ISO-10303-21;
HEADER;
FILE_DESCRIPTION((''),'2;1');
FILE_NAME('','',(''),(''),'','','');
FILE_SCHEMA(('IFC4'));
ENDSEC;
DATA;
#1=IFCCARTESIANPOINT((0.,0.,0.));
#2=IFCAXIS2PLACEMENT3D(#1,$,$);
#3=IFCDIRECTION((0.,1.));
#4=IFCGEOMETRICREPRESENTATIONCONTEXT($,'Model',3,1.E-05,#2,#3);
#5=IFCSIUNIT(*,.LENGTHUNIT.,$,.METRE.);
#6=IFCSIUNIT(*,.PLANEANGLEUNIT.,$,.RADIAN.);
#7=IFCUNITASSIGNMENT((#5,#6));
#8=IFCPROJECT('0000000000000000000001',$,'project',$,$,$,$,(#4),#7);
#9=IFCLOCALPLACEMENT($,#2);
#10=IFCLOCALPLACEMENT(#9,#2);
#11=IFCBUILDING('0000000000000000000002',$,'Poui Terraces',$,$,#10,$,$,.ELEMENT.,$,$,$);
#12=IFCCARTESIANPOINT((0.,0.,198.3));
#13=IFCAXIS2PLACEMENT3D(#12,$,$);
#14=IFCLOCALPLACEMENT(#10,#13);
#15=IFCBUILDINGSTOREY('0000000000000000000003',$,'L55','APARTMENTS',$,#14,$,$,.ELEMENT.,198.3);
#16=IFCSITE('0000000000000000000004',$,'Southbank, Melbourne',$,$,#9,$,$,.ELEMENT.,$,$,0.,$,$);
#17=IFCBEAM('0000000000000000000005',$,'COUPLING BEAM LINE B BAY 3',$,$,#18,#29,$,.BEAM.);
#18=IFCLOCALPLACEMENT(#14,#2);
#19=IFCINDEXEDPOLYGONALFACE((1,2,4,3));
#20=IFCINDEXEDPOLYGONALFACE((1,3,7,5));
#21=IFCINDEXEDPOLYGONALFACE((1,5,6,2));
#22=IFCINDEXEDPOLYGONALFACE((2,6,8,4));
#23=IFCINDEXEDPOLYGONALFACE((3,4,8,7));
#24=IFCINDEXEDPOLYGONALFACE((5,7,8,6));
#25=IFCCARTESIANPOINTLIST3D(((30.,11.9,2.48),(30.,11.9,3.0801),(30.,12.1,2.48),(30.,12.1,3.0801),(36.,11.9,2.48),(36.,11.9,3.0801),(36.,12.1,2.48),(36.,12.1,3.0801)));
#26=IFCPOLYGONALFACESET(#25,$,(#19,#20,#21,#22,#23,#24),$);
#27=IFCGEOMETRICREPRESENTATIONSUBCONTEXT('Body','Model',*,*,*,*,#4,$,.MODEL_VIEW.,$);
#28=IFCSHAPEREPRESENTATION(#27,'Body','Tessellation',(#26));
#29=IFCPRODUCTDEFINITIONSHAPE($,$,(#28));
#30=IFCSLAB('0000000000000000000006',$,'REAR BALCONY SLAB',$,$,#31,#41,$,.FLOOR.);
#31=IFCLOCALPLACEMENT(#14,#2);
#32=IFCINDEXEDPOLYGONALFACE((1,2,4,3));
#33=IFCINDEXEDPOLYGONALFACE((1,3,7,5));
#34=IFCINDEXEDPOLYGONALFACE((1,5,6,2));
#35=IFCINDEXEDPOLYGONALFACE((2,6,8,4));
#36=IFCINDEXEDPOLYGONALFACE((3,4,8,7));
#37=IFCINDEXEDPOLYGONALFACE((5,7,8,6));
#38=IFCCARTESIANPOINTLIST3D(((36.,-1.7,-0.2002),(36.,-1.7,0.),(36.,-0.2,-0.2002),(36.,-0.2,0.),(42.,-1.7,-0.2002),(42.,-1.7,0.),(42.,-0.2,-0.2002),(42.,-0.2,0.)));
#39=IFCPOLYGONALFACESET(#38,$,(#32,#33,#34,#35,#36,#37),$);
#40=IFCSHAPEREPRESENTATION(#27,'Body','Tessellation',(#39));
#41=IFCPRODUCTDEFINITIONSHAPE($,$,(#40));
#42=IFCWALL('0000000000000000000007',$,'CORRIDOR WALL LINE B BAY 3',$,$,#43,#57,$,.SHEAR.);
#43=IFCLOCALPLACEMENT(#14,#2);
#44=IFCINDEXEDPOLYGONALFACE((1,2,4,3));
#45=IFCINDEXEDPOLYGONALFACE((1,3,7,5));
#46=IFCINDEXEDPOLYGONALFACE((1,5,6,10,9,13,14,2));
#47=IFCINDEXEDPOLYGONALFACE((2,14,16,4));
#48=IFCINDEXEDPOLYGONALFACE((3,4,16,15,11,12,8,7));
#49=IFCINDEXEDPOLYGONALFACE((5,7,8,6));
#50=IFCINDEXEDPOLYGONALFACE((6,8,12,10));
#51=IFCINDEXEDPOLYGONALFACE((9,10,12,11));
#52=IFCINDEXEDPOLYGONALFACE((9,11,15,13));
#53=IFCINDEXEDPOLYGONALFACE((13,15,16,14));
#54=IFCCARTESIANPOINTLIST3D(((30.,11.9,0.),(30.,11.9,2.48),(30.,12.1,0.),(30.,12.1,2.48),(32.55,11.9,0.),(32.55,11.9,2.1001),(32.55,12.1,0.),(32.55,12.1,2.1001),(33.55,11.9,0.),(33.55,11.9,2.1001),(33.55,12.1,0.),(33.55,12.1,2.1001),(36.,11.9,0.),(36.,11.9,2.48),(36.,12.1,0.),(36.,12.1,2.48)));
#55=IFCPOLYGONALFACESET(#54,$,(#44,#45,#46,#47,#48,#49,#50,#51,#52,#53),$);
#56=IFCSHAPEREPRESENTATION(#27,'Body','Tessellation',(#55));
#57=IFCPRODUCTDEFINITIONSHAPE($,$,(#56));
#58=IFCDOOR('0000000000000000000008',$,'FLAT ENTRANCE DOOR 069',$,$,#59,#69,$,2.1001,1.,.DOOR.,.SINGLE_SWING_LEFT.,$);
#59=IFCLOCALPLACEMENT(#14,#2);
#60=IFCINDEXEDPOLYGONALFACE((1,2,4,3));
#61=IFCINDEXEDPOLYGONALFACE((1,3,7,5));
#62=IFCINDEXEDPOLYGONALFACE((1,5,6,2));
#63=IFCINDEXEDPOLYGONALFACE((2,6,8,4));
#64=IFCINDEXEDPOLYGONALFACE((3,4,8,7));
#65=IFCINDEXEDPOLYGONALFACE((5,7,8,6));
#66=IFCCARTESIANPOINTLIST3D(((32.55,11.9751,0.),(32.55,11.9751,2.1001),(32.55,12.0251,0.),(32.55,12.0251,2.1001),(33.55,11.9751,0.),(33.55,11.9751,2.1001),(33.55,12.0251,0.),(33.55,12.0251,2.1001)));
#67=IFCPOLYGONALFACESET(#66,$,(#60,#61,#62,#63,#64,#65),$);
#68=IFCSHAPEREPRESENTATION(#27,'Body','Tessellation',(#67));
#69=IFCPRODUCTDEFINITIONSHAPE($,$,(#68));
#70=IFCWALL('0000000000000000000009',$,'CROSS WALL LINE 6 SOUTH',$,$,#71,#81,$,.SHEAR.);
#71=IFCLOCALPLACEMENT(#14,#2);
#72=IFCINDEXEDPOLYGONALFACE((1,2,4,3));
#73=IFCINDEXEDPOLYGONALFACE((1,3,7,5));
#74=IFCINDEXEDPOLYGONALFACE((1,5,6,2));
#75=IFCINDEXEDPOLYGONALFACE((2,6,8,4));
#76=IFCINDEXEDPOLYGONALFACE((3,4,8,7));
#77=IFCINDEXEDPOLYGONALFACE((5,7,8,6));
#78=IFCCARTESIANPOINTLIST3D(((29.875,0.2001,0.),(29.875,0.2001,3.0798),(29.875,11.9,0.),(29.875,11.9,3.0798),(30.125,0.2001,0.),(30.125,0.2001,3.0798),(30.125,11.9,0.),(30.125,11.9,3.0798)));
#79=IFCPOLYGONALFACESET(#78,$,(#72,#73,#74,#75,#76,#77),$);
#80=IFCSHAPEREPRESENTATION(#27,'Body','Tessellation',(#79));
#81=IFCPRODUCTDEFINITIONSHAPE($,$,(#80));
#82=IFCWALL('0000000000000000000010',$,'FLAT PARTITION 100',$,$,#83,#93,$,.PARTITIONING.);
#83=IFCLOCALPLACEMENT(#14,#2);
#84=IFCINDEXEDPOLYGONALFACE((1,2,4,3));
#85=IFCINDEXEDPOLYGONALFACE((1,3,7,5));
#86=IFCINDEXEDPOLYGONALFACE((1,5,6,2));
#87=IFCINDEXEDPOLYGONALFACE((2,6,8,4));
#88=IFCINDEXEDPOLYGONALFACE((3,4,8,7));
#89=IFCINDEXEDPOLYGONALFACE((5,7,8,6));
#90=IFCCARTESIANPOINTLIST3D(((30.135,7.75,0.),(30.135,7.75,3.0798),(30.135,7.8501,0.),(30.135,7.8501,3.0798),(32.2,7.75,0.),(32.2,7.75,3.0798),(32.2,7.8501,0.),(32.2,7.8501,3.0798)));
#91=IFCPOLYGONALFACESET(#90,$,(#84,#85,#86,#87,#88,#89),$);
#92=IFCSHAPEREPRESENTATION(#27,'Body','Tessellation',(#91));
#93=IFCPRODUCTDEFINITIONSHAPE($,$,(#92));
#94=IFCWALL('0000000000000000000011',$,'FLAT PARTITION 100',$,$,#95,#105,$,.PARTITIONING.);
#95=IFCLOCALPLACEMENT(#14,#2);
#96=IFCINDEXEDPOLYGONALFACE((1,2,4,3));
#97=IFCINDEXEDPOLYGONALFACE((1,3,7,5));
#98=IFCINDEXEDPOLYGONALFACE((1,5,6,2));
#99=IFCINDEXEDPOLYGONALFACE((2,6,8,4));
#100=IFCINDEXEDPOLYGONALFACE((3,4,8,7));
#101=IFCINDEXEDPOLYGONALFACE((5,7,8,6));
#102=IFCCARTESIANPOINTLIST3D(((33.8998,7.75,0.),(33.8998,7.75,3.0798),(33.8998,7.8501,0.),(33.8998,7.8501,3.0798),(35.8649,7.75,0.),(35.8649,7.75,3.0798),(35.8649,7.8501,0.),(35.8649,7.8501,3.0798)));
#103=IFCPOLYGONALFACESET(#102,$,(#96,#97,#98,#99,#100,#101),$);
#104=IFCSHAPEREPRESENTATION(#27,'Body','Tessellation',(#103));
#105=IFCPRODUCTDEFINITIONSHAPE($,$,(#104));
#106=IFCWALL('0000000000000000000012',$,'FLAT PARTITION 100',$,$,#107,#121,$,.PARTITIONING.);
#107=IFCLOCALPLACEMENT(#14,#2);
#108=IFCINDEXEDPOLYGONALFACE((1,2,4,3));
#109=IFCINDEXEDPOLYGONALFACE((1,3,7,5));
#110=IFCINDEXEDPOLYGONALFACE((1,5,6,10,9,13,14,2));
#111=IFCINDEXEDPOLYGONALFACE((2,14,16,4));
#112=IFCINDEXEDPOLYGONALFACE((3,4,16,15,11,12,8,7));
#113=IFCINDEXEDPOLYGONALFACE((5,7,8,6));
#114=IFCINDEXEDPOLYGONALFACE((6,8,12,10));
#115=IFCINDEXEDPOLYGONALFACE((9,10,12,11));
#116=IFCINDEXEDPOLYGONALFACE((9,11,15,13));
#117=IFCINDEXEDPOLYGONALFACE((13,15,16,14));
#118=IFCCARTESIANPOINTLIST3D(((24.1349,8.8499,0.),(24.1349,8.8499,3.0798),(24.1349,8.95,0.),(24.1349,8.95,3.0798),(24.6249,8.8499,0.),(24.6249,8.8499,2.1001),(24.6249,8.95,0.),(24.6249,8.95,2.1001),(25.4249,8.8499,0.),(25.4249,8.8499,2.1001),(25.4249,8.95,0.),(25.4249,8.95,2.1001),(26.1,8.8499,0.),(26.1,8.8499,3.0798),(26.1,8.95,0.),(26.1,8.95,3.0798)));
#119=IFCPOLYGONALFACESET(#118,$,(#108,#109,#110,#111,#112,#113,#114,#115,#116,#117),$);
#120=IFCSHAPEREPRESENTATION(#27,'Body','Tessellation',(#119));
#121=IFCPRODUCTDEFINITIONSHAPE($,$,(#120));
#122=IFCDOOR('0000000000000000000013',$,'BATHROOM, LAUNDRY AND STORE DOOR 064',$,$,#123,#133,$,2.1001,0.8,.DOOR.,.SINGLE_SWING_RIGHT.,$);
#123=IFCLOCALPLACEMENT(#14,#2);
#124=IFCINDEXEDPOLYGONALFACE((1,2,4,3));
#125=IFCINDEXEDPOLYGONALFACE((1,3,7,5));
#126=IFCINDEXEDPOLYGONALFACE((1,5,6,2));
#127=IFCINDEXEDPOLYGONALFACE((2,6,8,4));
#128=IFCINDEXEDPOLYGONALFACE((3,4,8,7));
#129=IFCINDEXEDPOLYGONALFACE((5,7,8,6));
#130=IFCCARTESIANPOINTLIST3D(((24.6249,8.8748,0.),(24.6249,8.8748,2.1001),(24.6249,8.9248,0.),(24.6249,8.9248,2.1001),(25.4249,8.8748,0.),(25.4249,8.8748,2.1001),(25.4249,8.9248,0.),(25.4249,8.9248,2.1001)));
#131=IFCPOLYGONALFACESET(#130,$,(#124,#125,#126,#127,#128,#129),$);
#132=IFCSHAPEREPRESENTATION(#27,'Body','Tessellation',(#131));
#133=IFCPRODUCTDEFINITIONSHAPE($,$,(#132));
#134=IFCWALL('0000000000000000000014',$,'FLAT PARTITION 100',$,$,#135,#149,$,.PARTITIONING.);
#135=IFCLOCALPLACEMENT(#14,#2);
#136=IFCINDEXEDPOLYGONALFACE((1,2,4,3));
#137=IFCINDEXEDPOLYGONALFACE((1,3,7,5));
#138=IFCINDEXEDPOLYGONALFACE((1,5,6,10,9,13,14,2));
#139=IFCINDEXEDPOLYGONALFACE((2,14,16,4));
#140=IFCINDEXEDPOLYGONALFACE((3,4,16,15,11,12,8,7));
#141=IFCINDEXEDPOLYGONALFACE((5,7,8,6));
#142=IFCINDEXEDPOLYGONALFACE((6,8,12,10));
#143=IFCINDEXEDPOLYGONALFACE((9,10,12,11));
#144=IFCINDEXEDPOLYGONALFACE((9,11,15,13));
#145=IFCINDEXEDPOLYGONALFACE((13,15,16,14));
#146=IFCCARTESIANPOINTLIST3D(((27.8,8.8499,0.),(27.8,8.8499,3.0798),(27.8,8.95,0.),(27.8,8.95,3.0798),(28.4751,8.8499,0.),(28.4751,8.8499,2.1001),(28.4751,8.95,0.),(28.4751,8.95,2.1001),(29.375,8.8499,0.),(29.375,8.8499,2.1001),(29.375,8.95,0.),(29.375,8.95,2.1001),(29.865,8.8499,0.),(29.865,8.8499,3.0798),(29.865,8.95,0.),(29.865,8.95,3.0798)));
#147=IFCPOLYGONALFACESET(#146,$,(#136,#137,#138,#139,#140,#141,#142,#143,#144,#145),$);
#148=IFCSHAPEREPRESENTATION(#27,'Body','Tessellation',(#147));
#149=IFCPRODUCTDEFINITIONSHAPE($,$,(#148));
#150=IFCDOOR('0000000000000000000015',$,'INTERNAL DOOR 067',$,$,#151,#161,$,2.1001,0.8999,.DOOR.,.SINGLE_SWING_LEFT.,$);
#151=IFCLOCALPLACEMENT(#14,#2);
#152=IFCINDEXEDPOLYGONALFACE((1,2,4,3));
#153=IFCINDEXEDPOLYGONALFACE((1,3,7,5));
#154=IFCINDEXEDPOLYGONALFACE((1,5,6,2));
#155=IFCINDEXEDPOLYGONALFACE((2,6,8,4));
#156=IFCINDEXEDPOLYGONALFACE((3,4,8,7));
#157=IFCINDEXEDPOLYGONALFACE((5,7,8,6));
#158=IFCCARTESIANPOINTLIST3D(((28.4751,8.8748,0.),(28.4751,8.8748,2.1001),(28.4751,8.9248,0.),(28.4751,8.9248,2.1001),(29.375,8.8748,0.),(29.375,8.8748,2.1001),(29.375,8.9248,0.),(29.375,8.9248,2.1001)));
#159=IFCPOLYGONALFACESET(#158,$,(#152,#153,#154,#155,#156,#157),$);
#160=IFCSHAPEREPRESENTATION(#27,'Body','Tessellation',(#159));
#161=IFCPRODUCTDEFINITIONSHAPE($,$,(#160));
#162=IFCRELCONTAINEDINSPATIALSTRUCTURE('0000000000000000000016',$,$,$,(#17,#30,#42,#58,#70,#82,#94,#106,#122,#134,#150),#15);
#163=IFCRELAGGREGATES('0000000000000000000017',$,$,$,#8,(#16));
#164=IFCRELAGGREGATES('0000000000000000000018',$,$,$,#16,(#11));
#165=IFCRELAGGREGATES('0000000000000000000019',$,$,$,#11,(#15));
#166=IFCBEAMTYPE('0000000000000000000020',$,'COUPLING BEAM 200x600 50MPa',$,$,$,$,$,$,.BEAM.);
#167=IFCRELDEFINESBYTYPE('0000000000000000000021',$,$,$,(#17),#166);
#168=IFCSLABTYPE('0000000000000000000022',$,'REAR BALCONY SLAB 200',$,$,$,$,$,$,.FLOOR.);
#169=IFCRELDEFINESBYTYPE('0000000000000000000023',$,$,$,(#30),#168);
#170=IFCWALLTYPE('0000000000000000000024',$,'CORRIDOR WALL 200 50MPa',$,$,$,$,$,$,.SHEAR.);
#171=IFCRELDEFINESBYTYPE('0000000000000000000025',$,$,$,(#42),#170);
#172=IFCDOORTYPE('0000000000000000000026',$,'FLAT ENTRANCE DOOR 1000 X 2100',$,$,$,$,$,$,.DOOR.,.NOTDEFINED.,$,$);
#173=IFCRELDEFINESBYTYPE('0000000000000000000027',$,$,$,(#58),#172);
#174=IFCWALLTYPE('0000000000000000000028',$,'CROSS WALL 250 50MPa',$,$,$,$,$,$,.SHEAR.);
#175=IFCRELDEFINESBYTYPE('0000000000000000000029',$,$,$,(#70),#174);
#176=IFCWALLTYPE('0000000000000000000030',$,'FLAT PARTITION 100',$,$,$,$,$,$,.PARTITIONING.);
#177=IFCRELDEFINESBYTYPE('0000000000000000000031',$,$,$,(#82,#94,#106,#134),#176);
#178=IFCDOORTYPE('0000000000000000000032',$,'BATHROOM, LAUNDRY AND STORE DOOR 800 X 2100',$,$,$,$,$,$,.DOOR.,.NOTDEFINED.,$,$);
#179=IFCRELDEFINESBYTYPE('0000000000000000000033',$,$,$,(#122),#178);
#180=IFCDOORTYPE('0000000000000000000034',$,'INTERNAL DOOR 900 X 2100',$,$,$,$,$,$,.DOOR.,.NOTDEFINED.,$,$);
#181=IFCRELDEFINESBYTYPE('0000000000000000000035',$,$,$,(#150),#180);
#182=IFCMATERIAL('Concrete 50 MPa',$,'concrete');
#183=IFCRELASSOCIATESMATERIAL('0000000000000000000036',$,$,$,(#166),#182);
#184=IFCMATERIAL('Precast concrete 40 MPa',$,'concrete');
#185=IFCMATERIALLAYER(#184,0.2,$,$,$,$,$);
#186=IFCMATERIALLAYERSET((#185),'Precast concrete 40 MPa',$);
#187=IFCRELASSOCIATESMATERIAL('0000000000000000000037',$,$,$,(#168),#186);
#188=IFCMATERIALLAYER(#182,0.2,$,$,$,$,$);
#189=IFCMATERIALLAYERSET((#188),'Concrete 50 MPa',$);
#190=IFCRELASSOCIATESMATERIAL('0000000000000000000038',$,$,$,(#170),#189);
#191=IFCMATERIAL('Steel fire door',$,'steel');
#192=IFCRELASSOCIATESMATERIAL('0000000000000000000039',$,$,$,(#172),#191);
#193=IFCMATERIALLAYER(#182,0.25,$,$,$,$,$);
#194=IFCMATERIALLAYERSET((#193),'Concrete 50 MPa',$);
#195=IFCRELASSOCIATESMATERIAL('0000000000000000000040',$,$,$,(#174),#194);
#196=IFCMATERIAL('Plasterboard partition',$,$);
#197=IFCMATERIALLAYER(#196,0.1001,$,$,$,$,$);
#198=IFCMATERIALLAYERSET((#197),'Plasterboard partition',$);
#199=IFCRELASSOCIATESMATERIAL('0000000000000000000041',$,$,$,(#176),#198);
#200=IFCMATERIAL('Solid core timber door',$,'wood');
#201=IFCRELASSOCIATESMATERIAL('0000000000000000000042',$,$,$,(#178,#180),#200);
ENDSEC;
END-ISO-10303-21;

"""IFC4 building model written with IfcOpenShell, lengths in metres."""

from ifc_helpers import new_model, si_unit, direction, frame, frame_2d, origin, origin_2d, place, context, subcontext, project, spatial, polyline, rectangle, outline, extrude, source, transform, mapped, material, layer, layer_set, material_profile, profile_set, type_object, element, fill, save


model = new_model("IFC4")

# Units and contexts
model_context = context("Model", 3, precision=1e-05, world=origin(), true_north=direction((0.0, 1.0)))
body_context = subcontext(model_context, "Body", "Model", "MODEL_VIEW")
ifc_project = project(units=[si_unit("LENGTHUNIT", "METRE"), si_unit("PLANEANGLEUNIT", "RADIAN")], contexts=[model_context])

# Site, building, storey
site_placement = place(None, origin())
site = spatial("IfcSite", under=ifc_project, at=site_placement, Name="Southbank, Melbourne", CompositionType="ELEMENT", RefElevation=0.0)
building_placement = place(site_placement, origin())
building = spatial("IfcBuilding", under=site, at=building_placement, Name="Poui Terraces", CompositionType="ELEMENT")
storey_placement = place(building_placement, frame((0.0, 0.0, 198.3)))
storey = spatial("IfcBuildingStorey", under=building, at=storey_placement, Name="L55", Description="APARTMENTS", CompositionType="ELEMENT", Elevation=198.3)

# Beam
ifc_material_1 = material(Name="Concrete 50 MPa", Category="concrete")
ifc_material_profile_1 = material_profile(ifc_material_1, rectangle(XDim=0.2, YDim=0.6001, at=origin_2d()), Name="RC 200x600")
ifc_profile_set_1 = profile_set([ifc_material_profile_1], Name="Concrete 50 MPa")
beam_type = type_object("IfcBeamType", Name="COUPLING BEAM 200x600 50MPa", PredefinedType="BEAM", material=ifc_profile_set_1)
shared_shape_1 = source(origin(), body_context, "Body", "SweptSolid", [
    extrude(rectangle(XDim=0.2, YDim=0.6001, at=origin_2d()), origin(), (0.0, 0.0, 1.0), 6.0),
])
beam_placement = place(storey_placement, frame((30.0, 12.0, 2.78), z_axis=(1.0, 0.0, 0.0), x_axis=(0.0, 1.0, 0.0)))
element("IfcBeam", 1, at=beam_placement, inside=storey, type_object=beam_type, Name="COUPLING BEAM LINE B BAY 3", PredefinedType="BEAM", context=body_context, shape_type="MappedRepresentation", body=[
    mapped(shared_shape_1, transform((0.0, 0.0, 0.0))),
])

# Slab
ifc_material_2 = material(Name="Precast concrete 40 MPa", Category="concrete")
ifc_layer_1 = layer(ifc_material_2, 0.2)
ifc_layer_set_1 = layer_set([ifc_layer_1], Name="Precast concrete 40 MPa")
slab_type = type_object("IfcSlabType", Name="REAR BALCONY SLAB 200", PredefinedType="FLOOR", material=ifc_layer_set_1)
shared_shape_2 = source(origin(), body_context, "Body", "SweptSolid", [
    extrude(outline(polyline([(0.0, 0.0), (6.0, 0.0), (6.0, 1.5), (0.0, 1.5), (0.0, 0.0)])), origin(), (0.0, 0.0, 1.0), 0.2002),
])
slab_placement = place(storey_placement, frame((36.0, -1.7, -0.2002)))
element("IfcSlab", 2, at=slab_placement, inside=storey, type_object=slab_type, Name="REAR BALCONY SLAB", PredefinedType="FLOOR", context=body_context, shape_type="MappedRepresentation", body=[
    mapped(shared_shape_2, transform((0.0, 0.0, 0.0))),
])

# Wall, opening, door
ifc_layer_2 = layer(ifc_material_1, 0.2)
ifc_layer_set_2 = layer_set([ifc_layer_2], Name="Concrete 50 MPa")
wall_type_1 = type_object("IfcWallType", Name="CORRIDOR WALL 200 50MPa", PredefinedType="SHEAR", material=ifc_layer_set_2)
wall_1_placement = place(storey_placement, frame((30.0, 12.0, 0.0), z_axis=(0.0, 0.0, 1.0), x_axis=(1.0, 0.0, 0.0)))
wall_1 = element("IfcWall", 3, at=wall_1_placement, inside=storey, type_object=wall_type_1, Name="CORRIDOR WALL LINE B BAY 3", PredefinedType="SHEAR", context=body_context, shape_type="SweptSolid", body=[
    extrude(rectangle(XDim=6.0, YDim=0.2, at=frame_2d((3.0, 0.0))), origin(), (0.0, 0.0, 1.0), 2.48),
])
opening_1_placement = place(wall_1_placement, frame((2.55, 0.0, 0.0)))
opening_1 = element("IfcOpeningElement", 4, at=opening_1_placement, cuts=wall_1, PredefinedType="OPENING", context=body_context, shape_type="SweptSolid", body=[
    extrude(rectangle(XDim=1.0, YDim=2.1001, at=frame_2d((0.5, 1.05))), frame((0.0, 0.1099, 0.0), z_axis=(0.0, -1.0, 0.0), x_axis=(1.0, 0.0, 0.0)), (0.0, 0.0, 1.0), 0.22),
])
ifc_material_3 = material(Name="Steel fire door", Category="steel")
door_type_1 = type_object("IfcDoorType", Name="FLAT ENTRANCE DOOR 1000 X 2100", OperationType="NOTDEFINED", PredefinedType="DOOR", material=ifc_material_3)
door_1_placement = place(opening_1_placement, frame((1.0, 0.0, 0.0), z_axis=(0.0, 0.0, 1.0), x_axis=(-1.0, 0.0, 0.0)))
door_1 = element("IfcDoor", 5, at=door_1_placement, inside=storey, type_object=door_type_1, Name="FLAT ENTRANCE DOOR 069", OperationType="SINGLE_SWING_LEFT", OverallHeight=2.1001, OverallWidth=1.0, PredefinedType="DOOR", context=body_context, shape_type="SweptSolid", body=[
    extrude(rectangle(XDim=1.0, YDim=2.1001, at=frame_2d((0.5, 1.05))), frame((0.0, 0.0249, 0.0), z_axis=(0.0, -1.0, 0.0), x_axis=(1.0, 0.0, 0.0)), (0.0, 0.0, 1.0), 0.05),
])
fill(opening_1, door_1)

# Walls
ifc_layer_3 = layer(ifc_material_1, 0.25)
ifc_layer_set_3 = layer_set([ifc_layer_3], Name="Concrete 50 MPa")
wall_type_2 = type_object("IfcWallType", Name="CROSS WALL 250 50MPa", PredefinedType="SHEAR", material=ifc_layer_set_3)
wall_2_placement = place(storey_placement, frame((30.0, 0.2, 0.0), z_axis=(0.0, 0.0, 1.0), x_axis=(0.0, 1.0, 0.0)))
element("IfcWall", 6, at=wall_2_placement, inside=storey, type_object=wall_type_2, Name="CROSS WALL LINE 6 SOUTH", PredefinedType="SHEAR", context=body_context, shape_type="SweptSolid", body=[
    extrude(rectangle(XDim=11.7, YDim=0.25, at=frame_2d((5.8501, 0.0))), origin(), (0.0, 0.0, 1.0), 3.0798),
])
ifc_material_4 = material(Name="Plasterboard partition")
ifc_layer_4 = layer(ifc_material_4, 0.1001)
ifc_layer_set_4 = layer_set([ifc_layer_4], Name="Plasterboard partition")
wall_type_3 = type_object("IfcWallType", Name="FLAT PARTITION 100", PredefinedType="PARTITIONING", material=ifc_layer_set_4)
wall_3_placement = place(storey_placement, frame((30.135, 7.8, 0.0), z_axis=(0.0, 0.0, 1.0), x_axis=(1.0, 0.0, 0.0)))
element("IfcWall", 7, at=wall_3_placement, inside=storey, type_object=wall_type_3, Name="FLAT PARTITION 100", PredefinedType="PARTITIONING", context=body_context, shape_type="SweptSolid", body=[
    extrude(rectangle(XDim=2.0649, YDim=0.1001, at=frame_2d((1.0325, 0.0))), origin(), (0.0, 0.0, 1.0), 3.0798),
])
wall_4_placement = place(storey_placement, frame((33.8999, 7.8, 0.0), z_axis=(0.0, 0.0, 1.0), x_axis=(1.0, 0.0, 0.0)))
element("IfcWall", 8, at=wall_4_placement, inside=storey, type_object=wall_type_3, Name="FLAT PARTITION 100", PredefinedType="PARTITIONING", context=body_context, shape_type="SweptSolid", body=[
    extrude(rectangle(XDim=1.9651, YDim=0.1001, at=frame_2d((0.9824, 0.0))), origin(), (0.0, 0.0, 1.0), 3.0798),
])

# Walls, openings, doors
wall_5_placement = place(storey_placement, frame((24.135, 8.8999, 0.0), z_axis=(0.0, 0.0, 1.0), x_axis=(1.0, 0.0, 0.0)))
wall_5 = element("IfcWall", 9, at=wall_5_placement, inside=storey, type_object=wall_type_3, Name="FLAT PARTITION 100", PredefinedType="PARTITIONING", context=body_context, shape_type="SweptSolid", body=[
    extrude(rectangle(XDim=1.9651, YDim=0.1001, at=frame_2d((0.9824, 0.0))), origin(), (0.0, 0.0, 1.0), 3.0798),
])
opening_2_placement = place(wall_5_placement, frame((0.49, 0.0, 0.0)))
opening_2 = element("IfcOpeningElement", 10, at=opening_2_placement, cuts=wall_5, PredefinedType="OPENING", context=body_context, shape_type="SweptSolid", body=[
    extrude(rectangle(XDim=0.8, YDim=2.1001, at=frame_2d((0.3999, 1.05))), frame((0.0, 0.0601, 0.0), z_axis=(0.0, -1.0, 0.0), x_axis=(1.0, 0.0, 0.0)), (0.0, 0.0, 1.0), 0.1201),
])
ifc_material_5 = material(Name="Solid core timber door", Category="wood")
door_type_2 = type_object("IfcDoorType", Name="BATHROOM, LAUNDRY AND STORE DOOR 800 X 2100", OperationType="NOTDEFINED", PredefinedType="DOOR", material=ifc_material_5)
door_2_placement = place(opening_2_placement, origin())
door_2 = element("IfcDoor", 11, at=door_2_placement, inside=storey, type_object=door_type_2, Name="BATHROOM, LAUNDRY AND STORE DOOR 064", OperationType="SINGLE_SWING_RIGHT", OverallHeight=2.1001, OverallWidth=0.8, PredefinedType="DOOR", context=body_context, shape_type="SweptSolid", body=[
    extrude(rectangle(XDim=0.8, YDim=2.1001, at=frame_2d((0.3999, 1.05))), frame((0.0, 0.0249, 0.0), z_axis=(0.0, -1.0, 0.0), x_axis=(1.0, 0.0, 0.0)), (0.0, 0.0, 1.0), 0.05),
])
fill(opening_2, door_2)
wall_6_placement = place(storey_placement, frame((27.8, 8.8999, 0.0), z_axis=(0.0, 0.0, 1.0), x_axis=(1.0, 0.0, 0.0)))
wall_6 = element("IfcWall", 12, at=wall_6_placement, inside=storey, type_object=wall_type_3, Name="FLAT PARTITION 100", PredefinedType="PARTITIONING", context=body_context, shape_type="SweptSolid", body=[
    extrude(rectangle(XDim=2.0649, YDim=0.1001, at=frame_2d((1.0325, 0.0))), origin(), (0.0, 0.0, 1.0), 3.0798),
])
opening_3_placement = place(wall_6_placement, frame((0.675, 0.0, 0.0)))
opening_3 = element("IfcOpeningElement", 13, at=opening_3_placement, cuts=wall_6, PredefinedType="OPENING", context=body_context, shape_type="SweptSolid", body=[
    extrude(rectangle(XDim=0.8999, YDim=2.1001, at=frame_2d((0.45, 1.05))), frame((0.0, 0.0601, 0.0), z_axis=(0.0, -1.0, 0.0), x_axis=(1.0, 0.0, 0.0)), (0.0, 0.0, 1.0), 0.1201),
])
door_type_3 = type_object("IfcDoorType", Name="INTERNAL DOOR 900 X 2100", OperationType="NOTDEFINED", PredefinedType="DOOR", material=ifc_material_5)
door_3_placement = place(opening_3_placement, origin())
door_3 = element("IfcDoor", 14, at=door_3_placement, inside=storey, type_object=door_type_3, Name="INTERNAL DOOR 067", OperationType="SINGLE_SWING_LEFT", OverallHeight=2.1001, OverallWidth=0.8999, PredefinedType="DOOR", context=body_context, shape_type="SweptSolid", body=[
    extrude(rectangle(XDim=0.8999, YDim=2.1001, at=frame_2d((0.45, 1.05))), frame((0.0, 0.0249, 0.0), z_axis=(0.0, -1.0, 0.0), x_axis=(1.0, 0.0, 0.0)), (0.0, 0.0, 1.0), 0.05),
])
fill(opening_3, door_3)

save(model, "model.ifc")
